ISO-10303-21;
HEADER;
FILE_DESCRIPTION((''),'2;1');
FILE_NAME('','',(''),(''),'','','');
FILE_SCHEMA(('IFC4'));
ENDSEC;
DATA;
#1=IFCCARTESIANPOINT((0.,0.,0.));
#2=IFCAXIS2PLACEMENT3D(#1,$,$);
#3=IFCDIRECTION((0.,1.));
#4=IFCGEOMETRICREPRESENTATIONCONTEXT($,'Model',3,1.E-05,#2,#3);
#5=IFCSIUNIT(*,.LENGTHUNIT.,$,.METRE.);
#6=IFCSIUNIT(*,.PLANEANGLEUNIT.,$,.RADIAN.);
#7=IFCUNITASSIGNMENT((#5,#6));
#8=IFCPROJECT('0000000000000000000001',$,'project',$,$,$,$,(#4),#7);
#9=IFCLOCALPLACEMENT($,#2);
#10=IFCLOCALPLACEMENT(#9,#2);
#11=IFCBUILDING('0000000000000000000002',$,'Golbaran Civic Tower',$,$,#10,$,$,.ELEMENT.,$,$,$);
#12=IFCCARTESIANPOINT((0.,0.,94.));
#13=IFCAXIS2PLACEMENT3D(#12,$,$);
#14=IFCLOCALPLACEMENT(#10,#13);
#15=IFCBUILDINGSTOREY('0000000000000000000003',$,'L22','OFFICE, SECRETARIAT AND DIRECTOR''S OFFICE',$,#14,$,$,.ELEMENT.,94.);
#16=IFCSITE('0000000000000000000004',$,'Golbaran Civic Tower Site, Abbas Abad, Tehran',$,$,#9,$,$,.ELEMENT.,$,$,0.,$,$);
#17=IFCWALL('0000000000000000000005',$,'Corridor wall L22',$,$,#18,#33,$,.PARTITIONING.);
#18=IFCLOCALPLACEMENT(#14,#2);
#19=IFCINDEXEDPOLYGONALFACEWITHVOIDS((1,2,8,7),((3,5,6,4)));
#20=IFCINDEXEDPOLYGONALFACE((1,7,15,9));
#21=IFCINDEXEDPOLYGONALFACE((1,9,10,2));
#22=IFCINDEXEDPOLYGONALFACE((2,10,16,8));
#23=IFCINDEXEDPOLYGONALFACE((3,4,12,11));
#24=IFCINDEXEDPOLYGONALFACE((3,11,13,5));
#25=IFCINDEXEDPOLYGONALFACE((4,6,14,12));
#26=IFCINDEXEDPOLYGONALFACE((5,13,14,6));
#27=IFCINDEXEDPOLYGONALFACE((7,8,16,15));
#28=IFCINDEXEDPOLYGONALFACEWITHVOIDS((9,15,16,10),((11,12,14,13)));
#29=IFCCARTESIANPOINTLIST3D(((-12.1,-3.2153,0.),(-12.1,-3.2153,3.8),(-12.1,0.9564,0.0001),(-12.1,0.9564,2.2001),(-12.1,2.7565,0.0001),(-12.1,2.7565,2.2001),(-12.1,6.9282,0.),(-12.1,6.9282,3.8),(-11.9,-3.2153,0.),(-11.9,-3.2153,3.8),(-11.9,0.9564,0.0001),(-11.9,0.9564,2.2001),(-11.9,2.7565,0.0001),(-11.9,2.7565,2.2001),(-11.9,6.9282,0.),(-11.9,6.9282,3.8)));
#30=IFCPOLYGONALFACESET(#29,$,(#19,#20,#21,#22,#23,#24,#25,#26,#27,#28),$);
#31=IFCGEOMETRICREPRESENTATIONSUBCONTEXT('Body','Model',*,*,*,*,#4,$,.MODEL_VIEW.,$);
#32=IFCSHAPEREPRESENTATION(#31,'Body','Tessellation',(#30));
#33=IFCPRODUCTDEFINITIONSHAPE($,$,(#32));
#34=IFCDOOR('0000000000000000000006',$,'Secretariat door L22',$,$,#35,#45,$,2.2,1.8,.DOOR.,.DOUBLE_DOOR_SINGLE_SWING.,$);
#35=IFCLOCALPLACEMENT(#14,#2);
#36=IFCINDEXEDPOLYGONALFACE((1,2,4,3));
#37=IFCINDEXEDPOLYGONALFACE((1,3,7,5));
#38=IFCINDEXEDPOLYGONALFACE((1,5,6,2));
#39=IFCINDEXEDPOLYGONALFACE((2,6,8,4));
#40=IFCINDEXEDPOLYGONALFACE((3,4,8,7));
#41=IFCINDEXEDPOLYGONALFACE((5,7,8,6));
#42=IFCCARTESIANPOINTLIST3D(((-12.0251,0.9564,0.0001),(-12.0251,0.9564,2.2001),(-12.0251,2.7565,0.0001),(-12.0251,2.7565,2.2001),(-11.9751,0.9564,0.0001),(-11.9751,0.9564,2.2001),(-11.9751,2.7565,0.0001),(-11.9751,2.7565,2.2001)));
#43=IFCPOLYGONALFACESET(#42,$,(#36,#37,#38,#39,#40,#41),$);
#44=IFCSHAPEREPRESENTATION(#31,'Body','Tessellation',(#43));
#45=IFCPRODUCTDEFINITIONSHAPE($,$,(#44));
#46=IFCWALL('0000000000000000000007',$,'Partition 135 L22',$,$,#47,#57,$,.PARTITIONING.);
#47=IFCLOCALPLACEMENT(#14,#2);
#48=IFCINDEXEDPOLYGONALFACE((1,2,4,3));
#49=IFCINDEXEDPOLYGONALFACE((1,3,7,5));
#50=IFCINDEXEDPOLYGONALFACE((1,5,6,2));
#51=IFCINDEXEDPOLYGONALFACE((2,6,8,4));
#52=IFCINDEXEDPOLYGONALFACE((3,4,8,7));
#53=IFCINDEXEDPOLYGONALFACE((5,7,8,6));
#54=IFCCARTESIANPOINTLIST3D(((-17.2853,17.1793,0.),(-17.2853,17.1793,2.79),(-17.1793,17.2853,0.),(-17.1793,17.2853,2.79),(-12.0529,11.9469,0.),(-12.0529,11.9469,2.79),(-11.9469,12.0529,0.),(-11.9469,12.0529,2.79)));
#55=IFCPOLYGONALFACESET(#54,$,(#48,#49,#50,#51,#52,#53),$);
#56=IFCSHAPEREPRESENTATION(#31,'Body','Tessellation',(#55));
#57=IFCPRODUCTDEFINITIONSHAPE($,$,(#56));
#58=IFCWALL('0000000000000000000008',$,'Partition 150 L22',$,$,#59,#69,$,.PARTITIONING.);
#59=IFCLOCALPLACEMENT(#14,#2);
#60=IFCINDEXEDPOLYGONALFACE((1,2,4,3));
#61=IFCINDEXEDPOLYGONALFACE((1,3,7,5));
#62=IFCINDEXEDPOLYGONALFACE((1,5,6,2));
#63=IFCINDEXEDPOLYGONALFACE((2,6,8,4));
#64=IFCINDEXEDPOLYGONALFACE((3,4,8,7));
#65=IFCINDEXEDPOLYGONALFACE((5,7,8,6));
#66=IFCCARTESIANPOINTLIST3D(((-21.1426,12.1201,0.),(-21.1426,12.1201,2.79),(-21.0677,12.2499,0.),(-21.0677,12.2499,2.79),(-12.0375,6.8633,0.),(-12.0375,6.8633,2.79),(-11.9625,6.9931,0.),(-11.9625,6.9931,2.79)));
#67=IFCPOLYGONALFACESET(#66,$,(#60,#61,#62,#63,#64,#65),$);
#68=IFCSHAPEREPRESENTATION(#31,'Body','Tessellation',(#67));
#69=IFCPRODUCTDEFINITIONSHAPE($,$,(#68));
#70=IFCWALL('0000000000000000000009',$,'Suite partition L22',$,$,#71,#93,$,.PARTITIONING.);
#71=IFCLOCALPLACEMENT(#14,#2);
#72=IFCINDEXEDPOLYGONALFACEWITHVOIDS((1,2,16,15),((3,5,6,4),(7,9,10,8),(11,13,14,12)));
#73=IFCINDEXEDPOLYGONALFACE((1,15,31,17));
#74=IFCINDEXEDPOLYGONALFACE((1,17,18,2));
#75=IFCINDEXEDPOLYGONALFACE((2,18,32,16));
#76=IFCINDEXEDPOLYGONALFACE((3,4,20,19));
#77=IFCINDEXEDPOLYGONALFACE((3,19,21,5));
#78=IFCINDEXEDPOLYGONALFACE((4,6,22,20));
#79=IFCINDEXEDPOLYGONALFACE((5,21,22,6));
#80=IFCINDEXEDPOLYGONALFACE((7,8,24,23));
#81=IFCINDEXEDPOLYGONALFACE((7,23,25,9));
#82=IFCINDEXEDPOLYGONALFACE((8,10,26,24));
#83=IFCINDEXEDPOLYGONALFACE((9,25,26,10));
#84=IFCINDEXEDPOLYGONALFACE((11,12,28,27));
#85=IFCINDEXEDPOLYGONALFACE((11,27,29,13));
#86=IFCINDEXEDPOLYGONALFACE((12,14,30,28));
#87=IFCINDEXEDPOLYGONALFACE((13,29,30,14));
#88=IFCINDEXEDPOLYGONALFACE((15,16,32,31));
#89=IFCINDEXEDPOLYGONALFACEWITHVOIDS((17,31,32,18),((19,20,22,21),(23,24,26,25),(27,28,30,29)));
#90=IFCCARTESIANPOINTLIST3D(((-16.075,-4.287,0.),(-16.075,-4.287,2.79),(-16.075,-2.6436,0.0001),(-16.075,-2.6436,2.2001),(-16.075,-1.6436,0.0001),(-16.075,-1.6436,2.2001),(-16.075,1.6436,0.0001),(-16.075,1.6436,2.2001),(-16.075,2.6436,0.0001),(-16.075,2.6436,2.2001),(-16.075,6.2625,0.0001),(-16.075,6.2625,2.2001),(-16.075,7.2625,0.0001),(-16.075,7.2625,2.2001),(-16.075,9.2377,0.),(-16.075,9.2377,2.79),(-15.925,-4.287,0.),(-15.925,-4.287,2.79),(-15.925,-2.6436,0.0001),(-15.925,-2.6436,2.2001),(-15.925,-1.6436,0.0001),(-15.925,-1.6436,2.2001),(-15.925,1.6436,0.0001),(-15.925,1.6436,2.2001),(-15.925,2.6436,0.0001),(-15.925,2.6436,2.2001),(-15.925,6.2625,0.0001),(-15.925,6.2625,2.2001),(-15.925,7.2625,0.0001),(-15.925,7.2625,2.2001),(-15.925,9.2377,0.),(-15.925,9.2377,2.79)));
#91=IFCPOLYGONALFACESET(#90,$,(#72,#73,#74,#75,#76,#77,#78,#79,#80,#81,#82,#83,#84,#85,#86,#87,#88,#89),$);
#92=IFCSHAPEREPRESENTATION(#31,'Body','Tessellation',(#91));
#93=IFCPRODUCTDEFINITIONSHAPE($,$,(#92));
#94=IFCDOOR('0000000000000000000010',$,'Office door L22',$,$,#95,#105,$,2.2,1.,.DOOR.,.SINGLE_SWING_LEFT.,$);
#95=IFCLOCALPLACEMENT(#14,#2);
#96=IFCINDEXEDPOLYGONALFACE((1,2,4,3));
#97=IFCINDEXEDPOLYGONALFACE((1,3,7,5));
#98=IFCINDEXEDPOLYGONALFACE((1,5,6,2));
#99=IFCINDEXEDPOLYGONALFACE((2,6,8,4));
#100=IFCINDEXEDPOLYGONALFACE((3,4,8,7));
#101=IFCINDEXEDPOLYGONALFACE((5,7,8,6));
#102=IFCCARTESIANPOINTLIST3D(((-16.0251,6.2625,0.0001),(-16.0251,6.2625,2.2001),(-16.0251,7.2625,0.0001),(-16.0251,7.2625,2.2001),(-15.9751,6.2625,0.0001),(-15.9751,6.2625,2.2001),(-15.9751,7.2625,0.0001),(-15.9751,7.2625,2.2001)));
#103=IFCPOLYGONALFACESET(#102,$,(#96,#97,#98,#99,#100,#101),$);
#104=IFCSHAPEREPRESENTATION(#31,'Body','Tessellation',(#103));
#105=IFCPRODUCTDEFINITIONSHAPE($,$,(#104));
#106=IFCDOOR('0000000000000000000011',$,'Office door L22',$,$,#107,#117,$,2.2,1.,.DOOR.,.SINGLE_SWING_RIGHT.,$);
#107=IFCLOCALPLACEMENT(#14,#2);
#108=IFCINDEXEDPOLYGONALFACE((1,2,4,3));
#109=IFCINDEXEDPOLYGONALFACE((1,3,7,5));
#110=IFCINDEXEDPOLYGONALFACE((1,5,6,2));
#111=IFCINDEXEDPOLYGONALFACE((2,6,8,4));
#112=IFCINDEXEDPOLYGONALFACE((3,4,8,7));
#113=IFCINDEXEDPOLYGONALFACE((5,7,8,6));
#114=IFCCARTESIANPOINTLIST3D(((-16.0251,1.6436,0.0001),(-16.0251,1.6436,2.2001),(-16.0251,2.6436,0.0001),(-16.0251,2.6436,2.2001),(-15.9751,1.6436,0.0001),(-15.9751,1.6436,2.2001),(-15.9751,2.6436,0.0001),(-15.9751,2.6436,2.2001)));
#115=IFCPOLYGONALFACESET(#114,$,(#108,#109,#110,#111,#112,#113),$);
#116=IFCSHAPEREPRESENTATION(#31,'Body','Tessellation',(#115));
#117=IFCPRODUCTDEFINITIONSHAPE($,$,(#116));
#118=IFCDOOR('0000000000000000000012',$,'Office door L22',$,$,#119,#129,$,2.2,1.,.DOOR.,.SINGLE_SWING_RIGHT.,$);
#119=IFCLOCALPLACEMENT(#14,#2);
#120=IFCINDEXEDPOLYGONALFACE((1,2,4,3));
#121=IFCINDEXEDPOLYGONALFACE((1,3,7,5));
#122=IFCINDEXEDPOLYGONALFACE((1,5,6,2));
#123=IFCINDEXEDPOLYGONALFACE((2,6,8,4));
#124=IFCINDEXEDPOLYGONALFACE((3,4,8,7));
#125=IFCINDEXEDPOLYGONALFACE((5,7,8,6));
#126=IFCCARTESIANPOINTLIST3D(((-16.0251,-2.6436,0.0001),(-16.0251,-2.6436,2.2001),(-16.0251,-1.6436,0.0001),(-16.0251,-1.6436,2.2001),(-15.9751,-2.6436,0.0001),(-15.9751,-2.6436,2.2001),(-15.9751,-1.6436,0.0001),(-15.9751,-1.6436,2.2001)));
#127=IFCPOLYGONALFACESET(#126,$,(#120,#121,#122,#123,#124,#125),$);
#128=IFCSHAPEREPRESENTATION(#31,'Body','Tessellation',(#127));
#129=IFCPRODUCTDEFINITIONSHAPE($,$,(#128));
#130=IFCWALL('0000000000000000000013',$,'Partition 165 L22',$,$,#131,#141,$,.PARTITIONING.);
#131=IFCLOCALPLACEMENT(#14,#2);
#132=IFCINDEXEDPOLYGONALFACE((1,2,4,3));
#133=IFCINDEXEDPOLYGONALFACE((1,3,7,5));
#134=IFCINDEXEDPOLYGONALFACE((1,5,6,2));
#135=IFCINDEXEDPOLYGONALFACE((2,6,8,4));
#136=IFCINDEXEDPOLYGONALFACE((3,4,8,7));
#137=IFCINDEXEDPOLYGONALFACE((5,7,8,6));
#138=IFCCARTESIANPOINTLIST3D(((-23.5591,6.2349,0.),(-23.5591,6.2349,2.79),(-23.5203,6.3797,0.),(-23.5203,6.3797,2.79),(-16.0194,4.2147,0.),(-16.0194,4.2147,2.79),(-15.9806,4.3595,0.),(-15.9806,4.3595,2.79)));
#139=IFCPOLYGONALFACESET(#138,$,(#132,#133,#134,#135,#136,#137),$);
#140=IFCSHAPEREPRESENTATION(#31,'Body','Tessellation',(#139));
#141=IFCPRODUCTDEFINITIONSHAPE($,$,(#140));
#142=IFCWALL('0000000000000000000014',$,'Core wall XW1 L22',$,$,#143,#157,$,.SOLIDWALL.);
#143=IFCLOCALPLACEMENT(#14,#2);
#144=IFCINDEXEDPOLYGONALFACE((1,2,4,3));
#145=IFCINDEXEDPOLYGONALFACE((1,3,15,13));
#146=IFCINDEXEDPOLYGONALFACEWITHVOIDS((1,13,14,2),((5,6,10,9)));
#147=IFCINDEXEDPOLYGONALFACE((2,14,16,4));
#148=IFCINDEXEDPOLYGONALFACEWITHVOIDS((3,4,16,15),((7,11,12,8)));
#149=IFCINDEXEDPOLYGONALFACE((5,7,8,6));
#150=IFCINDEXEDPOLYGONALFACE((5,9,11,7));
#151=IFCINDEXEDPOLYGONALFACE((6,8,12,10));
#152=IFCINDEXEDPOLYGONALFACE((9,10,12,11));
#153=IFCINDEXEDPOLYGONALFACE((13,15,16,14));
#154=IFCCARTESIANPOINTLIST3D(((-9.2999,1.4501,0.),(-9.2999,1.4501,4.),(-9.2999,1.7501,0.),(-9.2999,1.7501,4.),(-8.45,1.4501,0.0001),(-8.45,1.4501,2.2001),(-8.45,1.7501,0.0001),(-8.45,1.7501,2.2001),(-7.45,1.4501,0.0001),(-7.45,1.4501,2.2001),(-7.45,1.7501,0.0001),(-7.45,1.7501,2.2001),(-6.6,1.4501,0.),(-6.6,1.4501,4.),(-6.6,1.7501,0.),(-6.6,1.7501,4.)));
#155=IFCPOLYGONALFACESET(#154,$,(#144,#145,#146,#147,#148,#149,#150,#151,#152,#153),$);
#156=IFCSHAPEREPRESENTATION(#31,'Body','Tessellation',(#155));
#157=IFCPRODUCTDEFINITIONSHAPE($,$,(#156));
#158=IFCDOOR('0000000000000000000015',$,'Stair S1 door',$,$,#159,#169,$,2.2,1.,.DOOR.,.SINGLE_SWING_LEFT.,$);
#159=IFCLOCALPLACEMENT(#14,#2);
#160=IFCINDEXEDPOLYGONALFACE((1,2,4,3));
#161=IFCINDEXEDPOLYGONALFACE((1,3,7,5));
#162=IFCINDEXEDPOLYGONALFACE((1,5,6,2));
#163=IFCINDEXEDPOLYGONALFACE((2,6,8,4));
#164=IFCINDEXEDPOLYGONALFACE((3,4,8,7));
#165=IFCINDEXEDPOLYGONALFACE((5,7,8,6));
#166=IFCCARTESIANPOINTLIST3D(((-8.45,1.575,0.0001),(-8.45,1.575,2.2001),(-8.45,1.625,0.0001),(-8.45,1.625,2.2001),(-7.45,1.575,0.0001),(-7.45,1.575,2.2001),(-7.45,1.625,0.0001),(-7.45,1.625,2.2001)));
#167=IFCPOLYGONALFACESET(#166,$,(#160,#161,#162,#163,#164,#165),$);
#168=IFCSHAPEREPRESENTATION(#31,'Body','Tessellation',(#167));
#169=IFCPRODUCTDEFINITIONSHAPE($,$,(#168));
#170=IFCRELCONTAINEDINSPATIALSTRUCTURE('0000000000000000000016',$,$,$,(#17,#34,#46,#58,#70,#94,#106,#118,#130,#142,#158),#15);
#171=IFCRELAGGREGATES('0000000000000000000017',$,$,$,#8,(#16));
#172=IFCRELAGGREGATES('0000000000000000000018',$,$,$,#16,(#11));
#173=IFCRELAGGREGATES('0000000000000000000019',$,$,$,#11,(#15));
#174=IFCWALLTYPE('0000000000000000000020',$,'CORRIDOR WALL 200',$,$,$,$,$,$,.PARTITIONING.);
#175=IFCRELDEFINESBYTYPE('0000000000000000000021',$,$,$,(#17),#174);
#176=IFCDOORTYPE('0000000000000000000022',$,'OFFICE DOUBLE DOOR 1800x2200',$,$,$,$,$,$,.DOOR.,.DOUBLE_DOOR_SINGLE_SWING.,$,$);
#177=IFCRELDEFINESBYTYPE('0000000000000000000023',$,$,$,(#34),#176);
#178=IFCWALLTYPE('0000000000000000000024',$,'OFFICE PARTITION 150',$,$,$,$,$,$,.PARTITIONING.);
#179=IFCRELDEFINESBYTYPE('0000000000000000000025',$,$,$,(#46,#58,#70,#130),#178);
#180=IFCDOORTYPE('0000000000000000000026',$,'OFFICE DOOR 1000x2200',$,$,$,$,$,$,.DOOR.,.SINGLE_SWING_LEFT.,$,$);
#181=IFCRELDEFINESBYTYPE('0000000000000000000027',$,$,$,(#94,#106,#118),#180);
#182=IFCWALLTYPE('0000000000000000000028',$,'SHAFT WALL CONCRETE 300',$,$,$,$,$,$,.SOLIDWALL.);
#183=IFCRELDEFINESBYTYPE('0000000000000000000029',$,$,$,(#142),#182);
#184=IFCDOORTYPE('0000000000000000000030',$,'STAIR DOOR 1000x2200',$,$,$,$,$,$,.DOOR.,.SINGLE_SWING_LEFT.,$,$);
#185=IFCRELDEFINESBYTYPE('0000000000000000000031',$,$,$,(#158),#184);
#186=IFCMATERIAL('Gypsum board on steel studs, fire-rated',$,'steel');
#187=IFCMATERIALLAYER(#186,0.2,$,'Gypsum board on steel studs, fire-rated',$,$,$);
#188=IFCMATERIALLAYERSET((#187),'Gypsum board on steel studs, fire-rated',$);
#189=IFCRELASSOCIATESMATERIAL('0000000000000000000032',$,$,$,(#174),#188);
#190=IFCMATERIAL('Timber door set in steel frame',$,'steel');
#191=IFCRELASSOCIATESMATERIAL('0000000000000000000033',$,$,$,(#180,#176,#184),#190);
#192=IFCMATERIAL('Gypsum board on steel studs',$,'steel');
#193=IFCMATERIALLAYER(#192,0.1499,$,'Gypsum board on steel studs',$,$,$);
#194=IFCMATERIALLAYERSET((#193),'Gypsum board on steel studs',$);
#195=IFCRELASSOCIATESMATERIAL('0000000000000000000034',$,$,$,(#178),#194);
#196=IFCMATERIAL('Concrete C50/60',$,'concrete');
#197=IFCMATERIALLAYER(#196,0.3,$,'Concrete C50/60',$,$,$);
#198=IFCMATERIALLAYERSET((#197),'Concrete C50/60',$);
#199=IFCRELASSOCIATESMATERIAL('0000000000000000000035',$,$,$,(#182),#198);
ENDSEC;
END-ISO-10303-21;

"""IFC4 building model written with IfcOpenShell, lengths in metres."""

from ifc_helpers import new_model, si_unit, direction, frame, frame_2d, origin, place, context, subcontext, project, spatial, rectangle, extrude, material, layer, layer_set, type_object, element, fill, save


model = new_model("IFC4")

# Units and contexts
model_context = context("Model", 3, precision=1e-05, world=origin(), true_north=direction((0.0, 1.0)))
body_context = subcontext(model_context, "Body", "Model", "MODEL_VIEW")
ifc_project = project(units=[si_unit("LENGTHUNIT", "METRE"), si_unit("PLANEANGLEUNIT", "RADIAN")], contexts=[model_context])

# Site, building, storey
site_placement = place(None, origin())
site = spatial("IfcSite", under=ifc_project, at=site_placement, Name="Golbaran Civic Tower Site, Abbas Abad, Tehran", CompositionType="ELEMENT", RefElevation=0.0)
building_placement = place(site_placement, origin())
building = spatial("IfcBuilding", under=site, at=building_placement, Name="Golbaran Civic Tower", CompositionType="ELEMENT")
storey_placement = place(building_placement, frame((0.0, 0.0, 94.0)))
storey = spatial("IfcBuildingStorey", under=building, at=storey_placement, Name="L22", Description="OFFICE, SECRETARIAT AND DIRECTOR'S OFFICE", CompositionType="ELEMENT", Elevation=94.0)

# Shared definitions
ifc_material_1 = material(Name="Concrete C50/60", Category="concrete")
ifc_material_2 = material(Name="Timber door set in steel frame", Category="steel")

# Wall, opening, door
ifc_material_3 = material(Name="Gypsum board on steel studs, fire-rated", Category="steel")
ifc_layer_1 = layer(ifc_material_3, 0.2, Name="Gypsum board on steel studs, fire-rated")
ifc_layer_set_1 = layer_set([ifc_layer_1], Name="Gypsum board on steel studs, fire-rated")
wall_type_1 = type_object("IfcWallType", Name="CORRIDOR WALL 200", PredefinedType="PARTITIONING", material=ifc_layer_set_1)
door_type_1 = type_object("IfcDoorType", Name="OFFICE DOOR 1000x2200", OperationType="SINGLE_SWING_LEFT", PredefinedType="DOOR", material=ifc_material_2)
wall_1_placement = place(storey_placement, frame((-12.0, 6.9282, 0.0), z_axis=(0.0, 0.0, 1.0), x_axis=(0.0, -1.0, 0.0)))
wall_1 = element("IfcWall", 1, at=wall_1_placement, inside=storey, type_object=wall_type_1, Name="Corridor wall L22", PredefinedType="PARTITIONING", context=body_context, shape_type="SweptSolid", body=[
    extrude(rectangle(XDim=10.1436, YDim=0.2, at=frame_2d((5.0718, 0.0))), origin(), (0.0, 0.0, 1.0), 3.8),
])
opening_1_placement = place(wall_1_placement, frame((4.1719, 0.0, 0.0)))
opening_1 = element("IfcOpeningElement", 2, at=opening_1_placement, cuts=wall_1, PredefinedType="OPENING", context=body_context, shape_type="SweptSolid", body=[
    extrude(rectangle(XDim=1.8, YDim=2.2, at=frame_2d((0.8999, 1.1001))), frame((0.0, 0.1099, 0.0), z_axis=(0.0, -1.0, 0.0), x_axis=(1.0, 0.0, 0.0)), (0.0, 0.0, 1.0), 0.22),
])
door_type_2 = type_object("IfcDoorType", Name="OFFICE DOUBLE DOOR 1800x2200", OperationType="DOUBLE_DOOR_SINGLE_SWING", PredefinedType="DOOR", material=ifc_material_2)
door_1_placement = place(opening_1_placement, origin())
door_1 = element("IfcDoor", 3, at=door_1_placement, inside=storey, type_object=door_type_2, Name="Secretariat door L22", OperationType="DOUBLE_DOOR_SINGLE_SWING", OverallHeight=2.2, OverallWidth=1.8, PredefinedType="DOOR", context=body_context, shape_type="SweptSolid", body=[
    extrude(rectangle(XDim=1.8, YDim=2.2, at=frame_2d((0.8999, 1.1001))), frame((0.0, 0.0249, 0.0), z_axis=(0.0, -1.0, 0.0), x_axis=(1.0, 0.0, 0.0)), (0.0, 0.0, 1.0), 0.05),
])
fill(opening_1, door_1)

# Walls
ifc_material_4 = material(Name="Gypsum board on steel studs", Category="steel")
ifc_layer_2 = layer(ifc_material_4, 0.1499, Name="Gypsum board on steel studs")
ifc_layer_set_2 = layer_set([ifc_layer_2], Name="Gypsum board on steel studs")
wall_type_2 = type_object("IfcWallType", Name="OFFICE PARTITION 150", PredefinedType="PARTITIONING", material=ifc_layer_set_2)
wall_2_placement = place(storey_placement, frame((-12.0, 12.0, 0.0), z_axis=(0.0, 0.0, 1.0), x_axis=(-0.707107, 0.707107, 0.0)))
element("IfcWall", 4, at=wall_2_placement, inside=storey, type_object=wall_type_2, Name="Partition 135 L22", PredefinedType="PARTITIONING", context=body_context, shape_type="SweptSolid", body=[
    extrude(rectangle(XDim=7.3997, YDim=0.1499, at=frame_2d((3.6997, 0.0))), origin(), (0.0, 0.0, 1.0), 2.79),
])
wall_3_placement = place(storey_placement, frame((-12.0, 6.9282, 0.0), z_axis=(0.0, 0.0, 1.0), x_axis=(-0.866028, 0.499995, 0.0)))
element("IfcWall", 5, at=wall_3_placement, inside=storey, type_object=wall_type_2, Name="Partition 150 L22", PredefinedType="PARTITIONING", context=body_context, shape_type="SweptSolid", body=[
    extrude(rectangle(XDim=10.5137, YDim=0.1499, at=frame_2d((5.2568, 0.0))), origin(), (0.0, 0.0, 1.0), 2.79),
])

# Wall, openings, doors
wall_4_placement = place(storey_placement, frame((-16.0, 9.2375, 0.0), z_axis=(0.0, 0.0, 1.0), x_axis=(0.0, -1.0, 0.0)))
wall_4 = element("IfcWall", 6, at=wall_4_placement, inside=storey, type_object=wall_type_2, Name="Suite partition L22", PredefinedType="PARTITIONING", context=body_context, shape_type="SweptSolid", body=[
    extrude(rectangle(XDim=13.5247, YDim=0.1499, at=frame_2d((6.7622, 0.0))), origin(), (0.0, 0.0, 1.0), 2.79),
])
opening_2_placement = place(wall_4_placement, frame((1.9751, 0.0, 0.0)))
opening_2 = element("IfcOpeningElement", 7, at=opening_2_placement, cuts=wall_4, PredefinedType="OPENING", context=body_context, shape_type="SweptSolid", body=[
    extrude(rectangle(XDim=1.0, YDim=2.2, at=frame_2d((0.5, 1.1001))), frame((0.0, 0.085, 0.0), z_axis=(0.0, -1.0, 0.0), x_axis=(1.0, 0.0, 0.0)), (0.0, 0.0, 1.0), 0.1699),
])
opening_3_placement = place(wall_4_placement, frame((6.594, 0.0, 0.0)))
opening_3 = element("IfcOpeningElement", 8, at=opening_3_placement, cuts=wall_4, PredefinedType="OPENING", context=body_context, shape_type="SweptSolid", body=[
    extrude(rectangle(XDim=1.0, YDim=2.2, at=frame_2d((0.5, 1.1001))), frame((0.0, 0.085, 0.0), z_axis=(0.0, -1.0, 0.0), x_axis=(1.0, 0.0, 0.0)), (0.0, 0.0, 1.0), 0.1699),
])
opening_4_placement = place(wall_4_placement, frame((10.8811, 0.0, 0.0)))
opening_4 = element("IfcOpeningElement", 9, at=opening_4_placement, cuts=wall_4, PredefinedType="OPENING", context=body_context, shape_type="SweptSolid", body=[
    extrude(rectangle(XDim=1.0, YDim=2.2, at=frame_2d((0.5, 1.1001))), frame((0.0, 0.085, 0.0), z_axis=(0.0, -1.0, 0.0), x_axis=(1.0, 0.0, 0.0)), (0.0, 0.0, 1.0), 0.1699),
])
door_2_placement = place(opening_2_placement, origin())
door_2 = element("IfcDoor", 10, at=door_2_placement, inside=storey, type_object=door_type_1, Name="Office door L22", OperationType="SINGLE_SWING_LEFT", OverallHeight=2.2, OverallWidth=1.0, PredefinedType="DOOR", context=body_context, shape_type="SweptSolid", body=[
    extrude(rectangle(XDim=1.0, YDim=2.2, at=frame_2d((0.5, 1.1001))), frame((0.0, 0.0249, 0.0), z_axis=(0.0, -1.0, 0.0), x_axis=(1.0, 0.0, 0.0)), (0.0, 0.0, 1.0), 0.05),
])
fill(opening_2, door_2)
door_3_placement = place(opening_3_placement, origin())
door_3 = element("IfcDoor", 11, at=door_3_placement, inside=storey, type_object=door_type_1, Name="Office door L22", OperationType="SINGLE_SWING_RIGHT", OverallHeight=2.2, OverallWidth=1.0, PredefinedType="DOOR", context=body_context, shape_type="SweptSolid", body=[
    extrude(rectangle(XDim=1.0, YDim=2.2, at=frame_2d((0.5, 1.1001))), frame((0.0, 0.0249, 0.0), z_axis=(0.0, -1.0, 0.0), x_axis=(1.0, 0.0, 0.0)), (0.0, 0.0, 1.0), 0.05),
])
fill(opening_3, door_3)
door_4_placement = place(opening_4_placement, origin())
door_4 = element("IfcDoor", 12, at=door_4_placement, inside=storey, type_object=door_type_1, Name="Office door L22", OperationType="SINGLE_SWING_RIGHT", OverallHeight=2.2, OverallWidth=1.0, PredefinedType="DOOR", context=body_context, shape_type="SweptSolid", body=[
    extrude(rectangle(XDim=1.0, YDim=2.2, at=frame_2d((0.5, 1.1001))), frame((0.0, 0.0249, 0.0), z_axis=(0.0, -1.0, 0.0), x_axis=(1.0, 0.0, 0.0)), (0.0, 0.0, 1.0), 0.05),
])
fill(opening_4, door_4)

# Wall
wall_5_placement = place(storey_placement, frame((-16.0, 4.2871, 0.0), z_axis=(0.0, 0.0, 1.0), x_axis=(-0.965926, 0.258817, 0.0)))
element("IfcWall", 13, at=wall_5_placement, inside=storey, type_object=wall_type_2, Name="Partition 165 L22", PredefinedType="PARTITIONING", context=body_context, shape_type="SweptSolid", body=[
    extrude(rectangle(XDim=7.8057, YDim=0.1499, at=frame_2d((3.9028, 0.0))), origin(), (0.0, 0.0, 1.0), 2.79),
])

# Wall, opening, door
ifc_layer_3 = layer(ifc_material_1, 0.3, Name="Concrete C50/60")
ifc_layer_set_3 = layer_set([ifc_layer_3], Name="Concrete C50/60")
wall_type_3 = type_object("IfcWallType", Name="SHAFT WALL CONCRETE 300", PredefinedType="SOLIDWALL", material=ifc_layer_set_3)
wall_6_placement = place(storey_placement, frame((-9.3, 1.6001, 0.0), z_axis=(0.0, 0.0, 1.0), x_axis=(1.0, 0.0, 0.0)))
wall_6 = element("IfcWall", 14, at=wall_6_placement, inside=storey, type_object=wall_type_3, Name="Core wall XW1 L22", PredefinedType="SOLIDWALL", context=body_context, shape_type="SweptSolid", body=[
    extrude(rectangle(XDim=2.7, YDim=0.3, at=frame_2d((1.3501, 0.0))), origin(), (0.0, 0.0, 1.0), 4.0),
])
opening_5_placement = place(wall_6_placement, frame((0.8501, 0.0, 0.0)))
opening_5 = element("IfcOpeningElement", 15, at=opening_5_placement, cuts=wall_6, PredefinedType="OPENING", context=body_context, shape_type="SweptSolid", body=[
    extrude(rectangle(XDim=1.0, YDim=2.2, at=frame_2d((0.5, 1.1001))), frame((0.0, 0.1599, 0.0), z_axis=(0.0, -1.0, 0.0), x_axis=(1.0, 0.0, 0.0)), (0.0, 0.0, 1.0), 0.3201),
])
door_type_3 = type_object("IfcDoorType", Name="STAIR DOOR 1000x2200", OperationType="SINGLE_SWING_LEFT", PredefinedType="DOOR", material=ifc_material_2)
door_5_placement = place(opening_5_placement, origin())
door_5 = element("IfcDoor", 16, at=door_5_placement, inside=storey, type_object=door_type_3, Name="Stair S1 door", OperationType="SINGLE_SWING_LEFT", OverallHeight=2.2, OverallWidth=1.0, PredefinedType="DOOR", context=body_context, shape_type="SweptSolid", body=[
    extrude(rectangle(XDim=1.0, YDim=2.2, at=frame_2d((0.5, 1.1001))), frame((0.0, 0.0249, 0.0), z_axis=(0.0, -1.0, 0.0), x_axis=(1.0, 0.0, 0.0)), (0.0, 0.0, 1.0), 0.05),
])
fill(opening_5, door_5)

save(model, "model.ifc")
